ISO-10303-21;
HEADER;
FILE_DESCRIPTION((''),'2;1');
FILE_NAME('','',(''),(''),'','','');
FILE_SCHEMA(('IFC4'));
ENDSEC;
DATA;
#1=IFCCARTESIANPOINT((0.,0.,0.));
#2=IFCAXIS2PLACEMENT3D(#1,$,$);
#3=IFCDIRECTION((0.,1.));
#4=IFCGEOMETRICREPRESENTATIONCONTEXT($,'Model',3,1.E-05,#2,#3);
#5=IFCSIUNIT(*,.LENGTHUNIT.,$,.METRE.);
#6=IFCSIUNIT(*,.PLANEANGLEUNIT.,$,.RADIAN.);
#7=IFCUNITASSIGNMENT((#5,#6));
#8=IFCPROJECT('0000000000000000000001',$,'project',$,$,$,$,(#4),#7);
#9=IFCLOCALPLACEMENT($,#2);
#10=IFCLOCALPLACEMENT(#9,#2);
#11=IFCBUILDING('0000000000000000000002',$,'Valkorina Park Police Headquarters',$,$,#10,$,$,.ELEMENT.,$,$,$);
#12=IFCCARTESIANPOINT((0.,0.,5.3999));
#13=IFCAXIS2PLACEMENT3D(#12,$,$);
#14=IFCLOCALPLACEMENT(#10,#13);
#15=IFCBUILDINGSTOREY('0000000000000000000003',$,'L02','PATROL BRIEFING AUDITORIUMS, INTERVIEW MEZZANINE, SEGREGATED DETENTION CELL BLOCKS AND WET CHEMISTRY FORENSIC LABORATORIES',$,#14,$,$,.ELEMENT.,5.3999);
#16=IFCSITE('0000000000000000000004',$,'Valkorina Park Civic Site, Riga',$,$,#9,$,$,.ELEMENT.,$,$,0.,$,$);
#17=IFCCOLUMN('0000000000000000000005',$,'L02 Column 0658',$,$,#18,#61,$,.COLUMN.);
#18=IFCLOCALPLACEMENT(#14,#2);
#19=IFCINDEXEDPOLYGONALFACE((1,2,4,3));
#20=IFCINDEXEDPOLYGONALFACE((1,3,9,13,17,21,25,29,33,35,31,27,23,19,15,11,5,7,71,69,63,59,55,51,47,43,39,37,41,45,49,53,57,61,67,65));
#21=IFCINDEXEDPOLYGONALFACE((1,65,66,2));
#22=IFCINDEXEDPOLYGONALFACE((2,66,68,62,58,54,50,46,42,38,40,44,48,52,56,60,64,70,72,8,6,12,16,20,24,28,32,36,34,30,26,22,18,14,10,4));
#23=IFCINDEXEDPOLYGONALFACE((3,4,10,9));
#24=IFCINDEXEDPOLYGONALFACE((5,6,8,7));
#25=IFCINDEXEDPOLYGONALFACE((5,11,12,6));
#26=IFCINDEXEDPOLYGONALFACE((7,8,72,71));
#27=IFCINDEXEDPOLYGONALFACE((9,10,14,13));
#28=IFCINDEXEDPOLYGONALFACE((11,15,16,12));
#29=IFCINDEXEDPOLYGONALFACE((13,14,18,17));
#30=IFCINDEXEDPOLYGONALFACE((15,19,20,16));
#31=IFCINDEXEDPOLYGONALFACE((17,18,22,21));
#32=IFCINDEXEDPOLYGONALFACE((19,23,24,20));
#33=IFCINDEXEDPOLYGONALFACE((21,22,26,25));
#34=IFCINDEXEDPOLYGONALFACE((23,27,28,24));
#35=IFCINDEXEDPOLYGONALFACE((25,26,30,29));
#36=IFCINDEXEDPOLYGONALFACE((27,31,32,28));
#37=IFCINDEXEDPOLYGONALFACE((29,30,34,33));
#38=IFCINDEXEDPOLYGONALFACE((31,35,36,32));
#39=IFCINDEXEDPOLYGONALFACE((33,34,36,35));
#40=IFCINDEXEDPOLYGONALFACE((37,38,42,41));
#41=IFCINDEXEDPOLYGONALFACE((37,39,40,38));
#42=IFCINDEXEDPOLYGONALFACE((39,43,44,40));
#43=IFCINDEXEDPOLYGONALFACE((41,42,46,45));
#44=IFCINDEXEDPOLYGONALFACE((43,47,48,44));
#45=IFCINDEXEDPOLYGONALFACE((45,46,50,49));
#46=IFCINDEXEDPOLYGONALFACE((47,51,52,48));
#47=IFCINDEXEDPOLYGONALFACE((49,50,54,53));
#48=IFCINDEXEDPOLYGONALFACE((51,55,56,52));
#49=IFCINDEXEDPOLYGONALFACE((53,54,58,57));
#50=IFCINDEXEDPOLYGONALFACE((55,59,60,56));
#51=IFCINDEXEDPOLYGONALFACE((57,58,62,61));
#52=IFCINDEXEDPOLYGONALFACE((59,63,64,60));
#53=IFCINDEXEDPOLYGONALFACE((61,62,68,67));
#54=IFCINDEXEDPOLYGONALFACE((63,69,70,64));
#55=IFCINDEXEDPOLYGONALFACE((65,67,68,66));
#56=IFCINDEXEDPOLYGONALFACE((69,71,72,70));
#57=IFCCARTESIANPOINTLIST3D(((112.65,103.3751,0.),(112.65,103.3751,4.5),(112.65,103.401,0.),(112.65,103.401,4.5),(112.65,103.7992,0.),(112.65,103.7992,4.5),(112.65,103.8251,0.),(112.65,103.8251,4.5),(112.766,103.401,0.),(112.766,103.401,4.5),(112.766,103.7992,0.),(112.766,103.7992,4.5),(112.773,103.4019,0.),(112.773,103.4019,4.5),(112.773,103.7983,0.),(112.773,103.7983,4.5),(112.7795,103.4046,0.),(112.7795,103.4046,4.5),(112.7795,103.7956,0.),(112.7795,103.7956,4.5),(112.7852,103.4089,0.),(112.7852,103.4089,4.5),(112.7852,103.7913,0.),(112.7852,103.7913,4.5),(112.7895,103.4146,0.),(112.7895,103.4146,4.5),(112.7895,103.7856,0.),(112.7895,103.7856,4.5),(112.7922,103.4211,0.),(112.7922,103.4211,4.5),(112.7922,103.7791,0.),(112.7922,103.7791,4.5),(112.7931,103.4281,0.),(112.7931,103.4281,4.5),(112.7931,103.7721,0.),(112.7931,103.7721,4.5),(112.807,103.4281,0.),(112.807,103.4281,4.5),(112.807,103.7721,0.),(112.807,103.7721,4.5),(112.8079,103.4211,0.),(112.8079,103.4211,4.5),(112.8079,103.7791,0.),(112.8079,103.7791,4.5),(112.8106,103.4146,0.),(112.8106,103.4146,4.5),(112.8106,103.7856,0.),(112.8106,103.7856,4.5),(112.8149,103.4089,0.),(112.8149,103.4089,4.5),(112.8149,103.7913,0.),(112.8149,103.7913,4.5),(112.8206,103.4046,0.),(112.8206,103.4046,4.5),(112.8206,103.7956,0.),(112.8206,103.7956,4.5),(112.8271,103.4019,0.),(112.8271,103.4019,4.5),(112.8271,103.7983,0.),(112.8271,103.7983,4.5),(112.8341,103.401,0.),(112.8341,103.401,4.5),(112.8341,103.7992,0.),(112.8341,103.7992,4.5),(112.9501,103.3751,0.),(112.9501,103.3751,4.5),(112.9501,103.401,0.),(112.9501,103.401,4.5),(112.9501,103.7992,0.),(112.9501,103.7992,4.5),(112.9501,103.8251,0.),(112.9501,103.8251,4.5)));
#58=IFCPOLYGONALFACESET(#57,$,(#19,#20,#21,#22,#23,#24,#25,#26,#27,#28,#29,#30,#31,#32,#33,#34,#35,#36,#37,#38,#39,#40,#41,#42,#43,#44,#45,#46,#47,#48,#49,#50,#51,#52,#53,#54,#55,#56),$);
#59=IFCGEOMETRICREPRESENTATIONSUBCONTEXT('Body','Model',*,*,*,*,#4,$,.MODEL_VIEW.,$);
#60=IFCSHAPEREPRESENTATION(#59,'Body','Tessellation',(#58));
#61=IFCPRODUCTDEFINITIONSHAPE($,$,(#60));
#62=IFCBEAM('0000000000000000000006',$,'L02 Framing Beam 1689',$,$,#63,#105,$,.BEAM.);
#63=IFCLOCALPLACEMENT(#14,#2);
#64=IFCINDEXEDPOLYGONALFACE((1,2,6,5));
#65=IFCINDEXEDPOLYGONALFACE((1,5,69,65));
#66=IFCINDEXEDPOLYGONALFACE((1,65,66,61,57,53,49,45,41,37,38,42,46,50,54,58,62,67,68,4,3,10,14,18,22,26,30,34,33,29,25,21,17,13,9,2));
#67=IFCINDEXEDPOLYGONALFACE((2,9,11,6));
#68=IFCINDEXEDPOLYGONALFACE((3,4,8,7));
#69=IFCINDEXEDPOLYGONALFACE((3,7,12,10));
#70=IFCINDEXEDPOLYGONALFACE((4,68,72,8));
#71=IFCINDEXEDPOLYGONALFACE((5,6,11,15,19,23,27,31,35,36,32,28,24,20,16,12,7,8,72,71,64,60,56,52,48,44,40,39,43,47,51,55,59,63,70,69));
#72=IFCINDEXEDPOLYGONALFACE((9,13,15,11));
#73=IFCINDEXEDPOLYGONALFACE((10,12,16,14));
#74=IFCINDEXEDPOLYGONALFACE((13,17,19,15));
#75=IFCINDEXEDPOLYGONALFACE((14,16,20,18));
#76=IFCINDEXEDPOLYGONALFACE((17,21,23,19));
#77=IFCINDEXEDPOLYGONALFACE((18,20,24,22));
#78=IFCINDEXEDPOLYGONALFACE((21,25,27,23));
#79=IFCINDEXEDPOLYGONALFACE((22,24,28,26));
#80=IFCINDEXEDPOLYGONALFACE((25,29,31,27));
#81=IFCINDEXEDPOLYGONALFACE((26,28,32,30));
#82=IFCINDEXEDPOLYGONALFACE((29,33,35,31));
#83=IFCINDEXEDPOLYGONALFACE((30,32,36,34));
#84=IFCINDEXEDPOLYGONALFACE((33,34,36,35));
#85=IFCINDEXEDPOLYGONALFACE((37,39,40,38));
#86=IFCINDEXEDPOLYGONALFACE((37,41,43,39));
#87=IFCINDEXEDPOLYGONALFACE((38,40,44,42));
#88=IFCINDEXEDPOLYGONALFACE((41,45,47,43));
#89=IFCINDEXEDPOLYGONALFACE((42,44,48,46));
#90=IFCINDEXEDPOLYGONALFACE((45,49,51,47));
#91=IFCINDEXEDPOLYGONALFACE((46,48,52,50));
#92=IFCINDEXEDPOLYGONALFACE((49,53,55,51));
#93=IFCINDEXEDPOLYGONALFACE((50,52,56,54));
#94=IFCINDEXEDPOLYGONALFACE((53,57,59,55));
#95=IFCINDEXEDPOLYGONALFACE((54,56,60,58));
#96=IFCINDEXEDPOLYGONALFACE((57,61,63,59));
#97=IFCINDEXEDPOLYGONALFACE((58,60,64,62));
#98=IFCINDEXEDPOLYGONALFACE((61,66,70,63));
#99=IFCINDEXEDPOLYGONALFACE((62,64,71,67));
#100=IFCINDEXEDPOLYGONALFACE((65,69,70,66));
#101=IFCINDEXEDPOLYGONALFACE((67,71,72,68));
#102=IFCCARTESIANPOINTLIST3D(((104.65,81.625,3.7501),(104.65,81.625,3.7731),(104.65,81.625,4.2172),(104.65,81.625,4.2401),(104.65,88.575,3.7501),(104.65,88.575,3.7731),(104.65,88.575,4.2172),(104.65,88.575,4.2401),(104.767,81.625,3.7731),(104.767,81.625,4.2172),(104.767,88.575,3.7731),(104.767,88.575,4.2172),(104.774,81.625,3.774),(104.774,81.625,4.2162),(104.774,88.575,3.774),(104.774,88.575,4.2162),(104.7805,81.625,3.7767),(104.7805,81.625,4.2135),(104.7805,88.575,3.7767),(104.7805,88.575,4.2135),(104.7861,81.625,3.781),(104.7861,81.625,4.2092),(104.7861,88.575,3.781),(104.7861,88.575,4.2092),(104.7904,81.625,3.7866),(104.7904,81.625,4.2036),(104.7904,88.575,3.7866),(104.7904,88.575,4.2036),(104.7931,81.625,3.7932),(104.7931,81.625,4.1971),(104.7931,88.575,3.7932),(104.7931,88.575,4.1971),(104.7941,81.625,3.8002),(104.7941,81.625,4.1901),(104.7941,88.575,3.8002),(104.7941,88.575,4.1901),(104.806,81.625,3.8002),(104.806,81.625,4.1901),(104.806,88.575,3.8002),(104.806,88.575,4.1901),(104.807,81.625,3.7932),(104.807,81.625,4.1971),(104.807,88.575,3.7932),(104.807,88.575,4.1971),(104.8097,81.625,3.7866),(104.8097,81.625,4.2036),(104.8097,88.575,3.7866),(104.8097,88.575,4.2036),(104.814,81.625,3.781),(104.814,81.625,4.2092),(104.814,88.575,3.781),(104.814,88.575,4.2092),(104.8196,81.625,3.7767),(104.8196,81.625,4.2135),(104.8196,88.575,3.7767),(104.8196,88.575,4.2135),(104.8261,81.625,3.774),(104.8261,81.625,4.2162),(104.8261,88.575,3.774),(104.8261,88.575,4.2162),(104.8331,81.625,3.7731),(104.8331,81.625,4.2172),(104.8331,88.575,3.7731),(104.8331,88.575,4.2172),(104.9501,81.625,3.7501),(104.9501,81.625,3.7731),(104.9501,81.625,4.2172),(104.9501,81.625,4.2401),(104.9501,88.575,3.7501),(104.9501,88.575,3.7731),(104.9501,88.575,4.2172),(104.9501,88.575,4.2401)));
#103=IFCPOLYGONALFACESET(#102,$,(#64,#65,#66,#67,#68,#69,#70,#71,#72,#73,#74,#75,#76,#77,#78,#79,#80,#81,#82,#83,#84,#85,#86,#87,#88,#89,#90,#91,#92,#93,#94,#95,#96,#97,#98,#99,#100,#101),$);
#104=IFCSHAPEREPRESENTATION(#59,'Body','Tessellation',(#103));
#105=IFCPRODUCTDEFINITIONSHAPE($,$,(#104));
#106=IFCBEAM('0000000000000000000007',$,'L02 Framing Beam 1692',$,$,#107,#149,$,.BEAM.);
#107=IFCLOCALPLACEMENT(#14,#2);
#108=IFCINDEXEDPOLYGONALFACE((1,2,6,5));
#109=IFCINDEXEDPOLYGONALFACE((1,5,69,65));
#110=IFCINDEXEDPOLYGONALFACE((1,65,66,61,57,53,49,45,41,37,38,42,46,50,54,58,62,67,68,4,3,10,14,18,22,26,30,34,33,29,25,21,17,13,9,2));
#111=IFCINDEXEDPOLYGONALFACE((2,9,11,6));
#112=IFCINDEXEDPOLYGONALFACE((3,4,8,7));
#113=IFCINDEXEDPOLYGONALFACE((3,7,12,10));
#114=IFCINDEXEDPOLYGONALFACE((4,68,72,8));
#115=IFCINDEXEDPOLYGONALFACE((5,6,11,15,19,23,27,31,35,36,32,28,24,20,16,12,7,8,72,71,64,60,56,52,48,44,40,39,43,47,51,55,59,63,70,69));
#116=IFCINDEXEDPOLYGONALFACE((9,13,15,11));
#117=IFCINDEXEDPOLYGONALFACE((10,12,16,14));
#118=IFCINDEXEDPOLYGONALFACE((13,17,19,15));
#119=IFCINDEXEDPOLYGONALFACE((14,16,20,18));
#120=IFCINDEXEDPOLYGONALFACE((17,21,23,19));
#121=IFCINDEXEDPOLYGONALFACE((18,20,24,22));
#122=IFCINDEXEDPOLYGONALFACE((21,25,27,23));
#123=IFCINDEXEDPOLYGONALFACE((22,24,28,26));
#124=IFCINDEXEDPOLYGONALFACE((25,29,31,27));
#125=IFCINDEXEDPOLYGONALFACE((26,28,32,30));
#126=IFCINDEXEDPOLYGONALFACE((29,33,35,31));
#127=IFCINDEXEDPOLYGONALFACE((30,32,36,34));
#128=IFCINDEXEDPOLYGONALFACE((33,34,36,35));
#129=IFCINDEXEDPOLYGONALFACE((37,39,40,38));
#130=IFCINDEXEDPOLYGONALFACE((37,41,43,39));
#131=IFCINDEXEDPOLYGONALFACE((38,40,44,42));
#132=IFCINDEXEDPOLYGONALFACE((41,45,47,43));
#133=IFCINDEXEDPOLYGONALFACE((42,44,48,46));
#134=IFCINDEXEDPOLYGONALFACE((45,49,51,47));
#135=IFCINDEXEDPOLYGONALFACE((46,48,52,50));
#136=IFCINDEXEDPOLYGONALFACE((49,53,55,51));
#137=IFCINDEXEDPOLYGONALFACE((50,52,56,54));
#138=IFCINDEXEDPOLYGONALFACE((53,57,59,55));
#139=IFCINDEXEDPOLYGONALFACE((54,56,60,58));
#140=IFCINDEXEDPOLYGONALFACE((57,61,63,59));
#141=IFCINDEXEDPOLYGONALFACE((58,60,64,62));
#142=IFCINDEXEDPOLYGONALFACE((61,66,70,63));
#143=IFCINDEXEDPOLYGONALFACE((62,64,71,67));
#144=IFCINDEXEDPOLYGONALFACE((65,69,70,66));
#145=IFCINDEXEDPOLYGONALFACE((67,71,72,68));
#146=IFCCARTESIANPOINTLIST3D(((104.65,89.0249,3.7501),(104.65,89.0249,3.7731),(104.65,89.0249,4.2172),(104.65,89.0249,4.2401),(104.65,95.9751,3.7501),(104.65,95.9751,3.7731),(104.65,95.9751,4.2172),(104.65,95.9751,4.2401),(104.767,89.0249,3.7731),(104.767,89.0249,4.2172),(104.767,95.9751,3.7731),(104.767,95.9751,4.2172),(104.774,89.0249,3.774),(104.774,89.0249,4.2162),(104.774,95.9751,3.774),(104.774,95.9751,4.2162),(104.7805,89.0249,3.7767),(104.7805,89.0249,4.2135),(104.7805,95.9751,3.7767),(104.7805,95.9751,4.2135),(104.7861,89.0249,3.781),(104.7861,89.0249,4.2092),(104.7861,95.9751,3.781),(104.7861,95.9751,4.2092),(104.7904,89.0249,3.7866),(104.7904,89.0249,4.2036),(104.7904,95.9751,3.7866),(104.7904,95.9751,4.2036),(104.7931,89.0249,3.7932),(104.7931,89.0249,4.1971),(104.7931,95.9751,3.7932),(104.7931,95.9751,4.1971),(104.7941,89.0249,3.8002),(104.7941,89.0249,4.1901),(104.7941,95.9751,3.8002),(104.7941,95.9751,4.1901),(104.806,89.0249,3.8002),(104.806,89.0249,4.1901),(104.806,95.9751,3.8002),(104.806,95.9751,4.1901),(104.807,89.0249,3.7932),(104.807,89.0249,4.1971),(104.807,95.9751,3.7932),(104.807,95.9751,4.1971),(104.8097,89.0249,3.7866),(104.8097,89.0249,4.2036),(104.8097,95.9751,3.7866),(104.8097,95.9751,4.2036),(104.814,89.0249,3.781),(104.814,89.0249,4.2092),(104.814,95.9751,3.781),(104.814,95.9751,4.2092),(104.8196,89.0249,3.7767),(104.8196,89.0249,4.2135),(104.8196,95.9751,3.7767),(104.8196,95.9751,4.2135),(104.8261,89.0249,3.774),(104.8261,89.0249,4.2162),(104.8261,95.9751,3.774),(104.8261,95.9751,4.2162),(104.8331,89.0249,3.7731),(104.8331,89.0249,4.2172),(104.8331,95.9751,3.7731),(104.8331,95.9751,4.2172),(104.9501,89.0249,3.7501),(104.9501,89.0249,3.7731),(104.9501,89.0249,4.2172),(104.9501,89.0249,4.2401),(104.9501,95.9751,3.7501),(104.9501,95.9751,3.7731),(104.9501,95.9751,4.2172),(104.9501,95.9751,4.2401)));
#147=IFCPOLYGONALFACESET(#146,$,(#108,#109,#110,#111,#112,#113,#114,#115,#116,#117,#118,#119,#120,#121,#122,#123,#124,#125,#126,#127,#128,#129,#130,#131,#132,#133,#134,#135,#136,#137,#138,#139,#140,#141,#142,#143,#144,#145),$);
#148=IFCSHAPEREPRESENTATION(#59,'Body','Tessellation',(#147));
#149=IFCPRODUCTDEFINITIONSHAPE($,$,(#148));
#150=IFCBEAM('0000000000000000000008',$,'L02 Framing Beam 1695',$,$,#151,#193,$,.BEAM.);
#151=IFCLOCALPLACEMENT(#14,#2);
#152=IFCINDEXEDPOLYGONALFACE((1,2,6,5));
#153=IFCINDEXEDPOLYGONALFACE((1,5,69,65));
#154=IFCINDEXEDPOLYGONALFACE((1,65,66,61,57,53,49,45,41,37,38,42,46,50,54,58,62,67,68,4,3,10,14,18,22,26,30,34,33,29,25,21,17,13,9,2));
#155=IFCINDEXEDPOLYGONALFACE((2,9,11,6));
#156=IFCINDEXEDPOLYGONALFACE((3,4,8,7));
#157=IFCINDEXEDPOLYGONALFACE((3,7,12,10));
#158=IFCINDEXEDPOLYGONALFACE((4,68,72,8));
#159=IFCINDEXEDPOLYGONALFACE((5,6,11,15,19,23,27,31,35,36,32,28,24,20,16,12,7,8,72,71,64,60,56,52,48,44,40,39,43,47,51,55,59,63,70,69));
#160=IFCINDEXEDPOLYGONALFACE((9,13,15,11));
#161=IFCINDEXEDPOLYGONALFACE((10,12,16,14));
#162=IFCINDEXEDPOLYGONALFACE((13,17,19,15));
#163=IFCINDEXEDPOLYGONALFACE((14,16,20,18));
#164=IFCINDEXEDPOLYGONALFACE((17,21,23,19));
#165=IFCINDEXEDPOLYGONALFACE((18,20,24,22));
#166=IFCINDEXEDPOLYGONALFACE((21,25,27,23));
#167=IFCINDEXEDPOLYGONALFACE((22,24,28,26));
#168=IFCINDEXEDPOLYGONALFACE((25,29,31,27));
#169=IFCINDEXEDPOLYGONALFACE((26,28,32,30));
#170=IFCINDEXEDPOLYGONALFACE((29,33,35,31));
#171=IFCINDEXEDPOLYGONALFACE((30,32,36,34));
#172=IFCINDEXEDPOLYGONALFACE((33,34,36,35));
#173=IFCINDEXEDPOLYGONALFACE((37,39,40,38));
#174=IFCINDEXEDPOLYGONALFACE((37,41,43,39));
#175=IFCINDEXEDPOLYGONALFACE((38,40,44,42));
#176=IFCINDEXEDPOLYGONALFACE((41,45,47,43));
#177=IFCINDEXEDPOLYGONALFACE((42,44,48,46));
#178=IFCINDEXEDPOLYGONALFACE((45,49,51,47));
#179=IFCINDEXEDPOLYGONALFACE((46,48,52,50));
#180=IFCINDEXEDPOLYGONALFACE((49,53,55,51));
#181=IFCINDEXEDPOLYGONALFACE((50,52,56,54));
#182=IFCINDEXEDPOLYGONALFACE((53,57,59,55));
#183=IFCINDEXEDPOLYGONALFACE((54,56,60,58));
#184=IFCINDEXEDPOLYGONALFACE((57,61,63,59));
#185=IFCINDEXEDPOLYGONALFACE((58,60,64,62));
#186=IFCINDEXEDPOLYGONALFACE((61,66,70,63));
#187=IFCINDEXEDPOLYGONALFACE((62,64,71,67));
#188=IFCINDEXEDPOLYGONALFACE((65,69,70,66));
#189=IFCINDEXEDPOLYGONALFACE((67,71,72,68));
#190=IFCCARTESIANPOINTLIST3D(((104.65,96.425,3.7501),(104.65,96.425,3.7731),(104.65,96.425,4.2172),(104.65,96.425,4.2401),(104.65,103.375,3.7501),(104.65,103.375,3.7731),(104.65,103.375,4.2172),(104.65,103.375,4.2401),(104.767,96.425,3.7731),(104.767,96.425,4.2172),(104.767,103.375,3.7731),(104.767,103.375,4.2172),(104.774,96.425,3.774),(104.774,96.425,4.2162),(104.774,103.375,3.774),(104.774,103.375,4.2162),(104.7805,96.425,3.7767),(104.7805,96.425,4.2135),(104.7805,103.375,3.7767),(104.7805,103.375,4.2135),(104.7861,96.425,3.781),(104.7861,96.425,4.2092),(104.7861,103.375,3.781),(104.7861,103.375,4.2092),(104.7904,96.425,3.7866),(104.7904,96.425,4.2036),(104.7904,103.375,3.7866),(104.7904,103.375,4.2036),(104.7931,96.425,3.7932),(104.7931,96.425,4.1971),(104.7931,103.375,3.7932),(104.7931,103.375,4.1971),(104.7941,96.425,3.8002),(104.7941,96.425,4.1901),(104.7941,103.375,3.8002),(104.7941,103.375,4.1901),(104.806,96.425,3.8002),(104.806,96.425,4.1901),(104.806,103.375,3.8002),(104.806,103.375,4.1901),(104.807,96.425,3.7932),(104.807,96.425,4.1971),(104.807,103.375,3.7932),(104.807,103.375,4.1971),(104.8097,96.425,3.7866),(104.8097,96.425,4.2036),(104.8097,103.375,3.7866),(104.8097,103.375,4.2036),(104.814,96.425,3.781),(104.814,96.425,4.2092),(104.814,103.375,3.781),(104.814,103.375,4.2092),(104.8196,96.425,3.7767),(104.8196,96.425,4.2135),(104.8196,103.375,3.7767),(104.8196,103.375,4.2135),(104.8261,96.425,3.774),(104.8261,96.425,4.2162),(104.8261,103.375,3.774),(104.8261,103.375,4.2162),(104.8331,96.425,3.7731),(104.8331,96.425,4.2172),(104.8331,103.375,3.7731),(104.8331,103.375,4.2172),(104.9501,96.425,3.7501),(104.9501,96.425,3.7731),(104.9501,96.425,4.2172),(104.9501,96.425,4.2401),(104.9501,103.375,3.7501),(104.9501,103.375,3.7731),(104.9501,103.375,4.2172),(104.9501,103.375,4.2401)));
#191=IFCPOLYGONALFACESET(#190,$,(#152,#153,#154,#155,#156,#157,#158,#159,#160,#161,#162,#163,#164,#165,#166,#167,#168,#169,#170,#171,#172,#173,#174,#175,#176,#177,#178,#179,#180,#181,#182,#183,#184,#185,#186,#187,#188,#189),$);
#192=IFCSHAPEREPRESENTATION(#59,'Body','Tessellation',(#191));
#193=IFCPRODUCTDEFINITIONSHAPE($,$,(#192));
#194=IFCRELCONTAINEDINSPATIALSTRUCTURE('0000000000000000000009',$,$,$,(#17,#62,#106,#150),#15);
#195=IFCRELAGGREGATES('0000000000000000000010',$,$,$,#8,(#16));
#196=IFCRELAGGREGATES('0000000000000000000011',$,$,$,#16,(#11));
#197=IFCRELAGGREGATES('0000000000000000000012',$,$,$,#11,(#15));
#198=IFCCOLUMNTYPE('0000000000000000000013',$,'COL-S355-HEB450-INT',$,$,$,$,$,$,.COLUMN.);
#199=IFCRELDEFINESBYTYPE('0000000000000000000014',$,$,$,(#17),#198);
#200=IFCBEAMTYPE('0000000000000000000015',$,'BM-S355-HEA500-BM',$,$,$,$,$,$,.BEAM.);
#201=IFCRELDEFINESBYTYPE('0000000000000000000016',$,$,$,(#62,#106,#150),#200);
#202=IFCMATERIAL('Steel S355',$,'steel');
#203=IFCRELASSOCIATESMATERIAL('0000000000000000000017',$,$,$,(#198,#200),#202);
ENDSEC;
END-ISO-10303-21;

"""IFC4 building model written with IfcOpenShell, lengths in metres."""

from ifc_helpers import new_model, si_unit, direction, frame, origin, origin_2d, place, context, subcontext, project, spatial, i_section, extrude, material, material_profile, profile_set, type_object, element, save


model = new_model("IFC4")

# Units and contexts
model_context = context("Model", 3, precision=1e-05, world=origin(), true_north=direction((0.0, 1.0)))
body_context = subcontext(model_context, "Body", "Model", "MODEL_VIEW")
ifc_project = project(units=[si_unit("LENGTHUNIT", "METRE"), si_unit("PLANEANGLEUNIT", "RADIAN")], contexts=[model_context])

# Site, building, storey
site_placement = place(None, origin())
site = spatial("IfcSite", under=ifc_project, at=site_placement, Name="Valkorina Park Civic Site, Riga", CompositionType="ELEMENT", RefElevation=0.0)
building_placement = place(site_placement, origin())
building = spatial("IfcBuilding", under=site, at=building_placement, Name="Valkorina Park Police Headquarters", CompositionType="ELEMENT")
storey_placement = place(building_placement, frame((0.0, 0.0, 5.3999)))
storey = spatial("IfcBuildingStorey", under=building, at=storey_placement, Name="L02", Description="PATROL BRIEFING AUDITORIUMS, INTERVIEW MEZZANINE, SEGREGATED DETENTION CELL BLOCKS AND WET CHEMISTRY FORENSIC LABORATORIES", CompositionType="ELEMENT", Elevation=5.3999)

# Column
ifc_material_1 = material(Name="Steel S355", Category="steel")
ifc_material_profile_1 = material_profile(ifc_material_1, i_section(OverallWidth=0.3, OverallDepth=0.45, WebThickness=0.0139, FlangeThickness=0.0259, FilletRadius=0.0271, at=origin_2d()), Name="HEB 450")
ifc_profile_set_1 = profile_set([ifc_material_profile_1], Name="Steel S355")
column_type_1 = type_object("IfcColumnType", Name="COL-S355-HEB450-INT", PredefinedType="COLUMN", material=ifc_profile_set_1)
for number, where, z_axis, x_axis, name in (
    (1, (112.8, 103.6001, 0.0), (0.0, 0.0, 1.0), (1.0, 0.0, 0.0), "L02 Column 0658"),
):
    element("IfcColumn", number, at=place(storey_placement, frame(where, z_axis=z_axis, x_axis=x_axis)), inside=storey, type_object=column_type_1, Name=name, PredefinedType="COLUMN", context=body_context, shape_type="SweptSolid", body=[
        extrude(i_section(OverallWidth=0.3, OverallDepth=0.45, WebThickness=0.0139, FlangeThickness=0.0259, FilletRadius=0.0271, at=origin_2d()), origin(), (0.0, 0.0, 1.0), 4.5),
    ])

# Beams
ifc_material_profile_2 = material_profile(ifc_material_1, i_section(OverallWidth=0.3, OverallDepth=0.49, WebThickness=0.012, FlangeThickness=0.0229, FilletRadius=0.0271, at=origin_2d()), Name="HEA 500")
ifc_profile_set_2 = profile_set([ifc_material_profile_2], Name="Steel S355")
beam_type_1 = type_object("IfcBeamType", Name="BM-S355-HEA500-BM", PredefinedType="BEAM", material=ifc_profile_set_2)
beam_1_placement = place(storey_placement, frame((104.8, 81.625, 3.9951), z_axis=(0.0, 1.0, 0.0), x_axis=(-1.0, 0.0, 0.0)))
element("IfcBeam", 2, at=beam_1_placement, inside=storey, type_object=beam_type_1, Name="L02 Framing Beam 1689", PredefinedType="BEAM", context=body_context, shape_type="SweptSolid", body=[
    extrude(i_section(OverallWidth=0.3, OverallDepth=0.49, WebThickness=0.012, FlangeThickness=0.0229, FilletRadius=0.0271, at=origin_2d()), origin(), (0.0, 0.0, 1.0), 6.95),
])
beam_2_placement = place(storey_placement, frame((104.8, 89.0249, 3.9951), z_axis=(0.0, 1.0, 0.0), x_axis=(-1.0, 0.0, 0.0)))
element("IfcBeam", 3, at=beam_2_placement, inside=storey, type_object=beam_type_1, Name="L02 Framing Beam 1692", PredefinedType="BEAM", context=body_context, shape_type="SweptSolid", body=[
    extrude(i_section(OverallWidth=0.3, OverallDepth=0.49, WebThickness=0.012, FlangeThickness=0.0229, FilletRadius=0.0271, at=origin_2d()), origin(), (0.0, 0.0, 1.0), 6.9502),
])
for number, where, z_axis, x_axis, name in (
    (4, (104.8, 96.425, 3.9951), (0.0, 1.0, 0.0), (-1.0, 0.0, 0.0), "L02 Framing Beam 1695"),
):
    element("IfcBeam", number, at=place(storey_placement, frame(where, z_axis=z_axis, x_axis=x_axis)), inside=storey, type_object=beam_type_1, Name=name, PredefinedType="BEAM", context=body_context, shape_type="SweptSolid", body=[
        extrude(i_section(OverallWidth=0.3, OverallDepth=0.49, WebThickness=0.012, FlangeThickness=0.0229, FilletRadius=0.0271, at=origin_2d()), origin(), (0.0, 0.0, 1.0), 6.95),
    ])

save(model, "model.ifc")
